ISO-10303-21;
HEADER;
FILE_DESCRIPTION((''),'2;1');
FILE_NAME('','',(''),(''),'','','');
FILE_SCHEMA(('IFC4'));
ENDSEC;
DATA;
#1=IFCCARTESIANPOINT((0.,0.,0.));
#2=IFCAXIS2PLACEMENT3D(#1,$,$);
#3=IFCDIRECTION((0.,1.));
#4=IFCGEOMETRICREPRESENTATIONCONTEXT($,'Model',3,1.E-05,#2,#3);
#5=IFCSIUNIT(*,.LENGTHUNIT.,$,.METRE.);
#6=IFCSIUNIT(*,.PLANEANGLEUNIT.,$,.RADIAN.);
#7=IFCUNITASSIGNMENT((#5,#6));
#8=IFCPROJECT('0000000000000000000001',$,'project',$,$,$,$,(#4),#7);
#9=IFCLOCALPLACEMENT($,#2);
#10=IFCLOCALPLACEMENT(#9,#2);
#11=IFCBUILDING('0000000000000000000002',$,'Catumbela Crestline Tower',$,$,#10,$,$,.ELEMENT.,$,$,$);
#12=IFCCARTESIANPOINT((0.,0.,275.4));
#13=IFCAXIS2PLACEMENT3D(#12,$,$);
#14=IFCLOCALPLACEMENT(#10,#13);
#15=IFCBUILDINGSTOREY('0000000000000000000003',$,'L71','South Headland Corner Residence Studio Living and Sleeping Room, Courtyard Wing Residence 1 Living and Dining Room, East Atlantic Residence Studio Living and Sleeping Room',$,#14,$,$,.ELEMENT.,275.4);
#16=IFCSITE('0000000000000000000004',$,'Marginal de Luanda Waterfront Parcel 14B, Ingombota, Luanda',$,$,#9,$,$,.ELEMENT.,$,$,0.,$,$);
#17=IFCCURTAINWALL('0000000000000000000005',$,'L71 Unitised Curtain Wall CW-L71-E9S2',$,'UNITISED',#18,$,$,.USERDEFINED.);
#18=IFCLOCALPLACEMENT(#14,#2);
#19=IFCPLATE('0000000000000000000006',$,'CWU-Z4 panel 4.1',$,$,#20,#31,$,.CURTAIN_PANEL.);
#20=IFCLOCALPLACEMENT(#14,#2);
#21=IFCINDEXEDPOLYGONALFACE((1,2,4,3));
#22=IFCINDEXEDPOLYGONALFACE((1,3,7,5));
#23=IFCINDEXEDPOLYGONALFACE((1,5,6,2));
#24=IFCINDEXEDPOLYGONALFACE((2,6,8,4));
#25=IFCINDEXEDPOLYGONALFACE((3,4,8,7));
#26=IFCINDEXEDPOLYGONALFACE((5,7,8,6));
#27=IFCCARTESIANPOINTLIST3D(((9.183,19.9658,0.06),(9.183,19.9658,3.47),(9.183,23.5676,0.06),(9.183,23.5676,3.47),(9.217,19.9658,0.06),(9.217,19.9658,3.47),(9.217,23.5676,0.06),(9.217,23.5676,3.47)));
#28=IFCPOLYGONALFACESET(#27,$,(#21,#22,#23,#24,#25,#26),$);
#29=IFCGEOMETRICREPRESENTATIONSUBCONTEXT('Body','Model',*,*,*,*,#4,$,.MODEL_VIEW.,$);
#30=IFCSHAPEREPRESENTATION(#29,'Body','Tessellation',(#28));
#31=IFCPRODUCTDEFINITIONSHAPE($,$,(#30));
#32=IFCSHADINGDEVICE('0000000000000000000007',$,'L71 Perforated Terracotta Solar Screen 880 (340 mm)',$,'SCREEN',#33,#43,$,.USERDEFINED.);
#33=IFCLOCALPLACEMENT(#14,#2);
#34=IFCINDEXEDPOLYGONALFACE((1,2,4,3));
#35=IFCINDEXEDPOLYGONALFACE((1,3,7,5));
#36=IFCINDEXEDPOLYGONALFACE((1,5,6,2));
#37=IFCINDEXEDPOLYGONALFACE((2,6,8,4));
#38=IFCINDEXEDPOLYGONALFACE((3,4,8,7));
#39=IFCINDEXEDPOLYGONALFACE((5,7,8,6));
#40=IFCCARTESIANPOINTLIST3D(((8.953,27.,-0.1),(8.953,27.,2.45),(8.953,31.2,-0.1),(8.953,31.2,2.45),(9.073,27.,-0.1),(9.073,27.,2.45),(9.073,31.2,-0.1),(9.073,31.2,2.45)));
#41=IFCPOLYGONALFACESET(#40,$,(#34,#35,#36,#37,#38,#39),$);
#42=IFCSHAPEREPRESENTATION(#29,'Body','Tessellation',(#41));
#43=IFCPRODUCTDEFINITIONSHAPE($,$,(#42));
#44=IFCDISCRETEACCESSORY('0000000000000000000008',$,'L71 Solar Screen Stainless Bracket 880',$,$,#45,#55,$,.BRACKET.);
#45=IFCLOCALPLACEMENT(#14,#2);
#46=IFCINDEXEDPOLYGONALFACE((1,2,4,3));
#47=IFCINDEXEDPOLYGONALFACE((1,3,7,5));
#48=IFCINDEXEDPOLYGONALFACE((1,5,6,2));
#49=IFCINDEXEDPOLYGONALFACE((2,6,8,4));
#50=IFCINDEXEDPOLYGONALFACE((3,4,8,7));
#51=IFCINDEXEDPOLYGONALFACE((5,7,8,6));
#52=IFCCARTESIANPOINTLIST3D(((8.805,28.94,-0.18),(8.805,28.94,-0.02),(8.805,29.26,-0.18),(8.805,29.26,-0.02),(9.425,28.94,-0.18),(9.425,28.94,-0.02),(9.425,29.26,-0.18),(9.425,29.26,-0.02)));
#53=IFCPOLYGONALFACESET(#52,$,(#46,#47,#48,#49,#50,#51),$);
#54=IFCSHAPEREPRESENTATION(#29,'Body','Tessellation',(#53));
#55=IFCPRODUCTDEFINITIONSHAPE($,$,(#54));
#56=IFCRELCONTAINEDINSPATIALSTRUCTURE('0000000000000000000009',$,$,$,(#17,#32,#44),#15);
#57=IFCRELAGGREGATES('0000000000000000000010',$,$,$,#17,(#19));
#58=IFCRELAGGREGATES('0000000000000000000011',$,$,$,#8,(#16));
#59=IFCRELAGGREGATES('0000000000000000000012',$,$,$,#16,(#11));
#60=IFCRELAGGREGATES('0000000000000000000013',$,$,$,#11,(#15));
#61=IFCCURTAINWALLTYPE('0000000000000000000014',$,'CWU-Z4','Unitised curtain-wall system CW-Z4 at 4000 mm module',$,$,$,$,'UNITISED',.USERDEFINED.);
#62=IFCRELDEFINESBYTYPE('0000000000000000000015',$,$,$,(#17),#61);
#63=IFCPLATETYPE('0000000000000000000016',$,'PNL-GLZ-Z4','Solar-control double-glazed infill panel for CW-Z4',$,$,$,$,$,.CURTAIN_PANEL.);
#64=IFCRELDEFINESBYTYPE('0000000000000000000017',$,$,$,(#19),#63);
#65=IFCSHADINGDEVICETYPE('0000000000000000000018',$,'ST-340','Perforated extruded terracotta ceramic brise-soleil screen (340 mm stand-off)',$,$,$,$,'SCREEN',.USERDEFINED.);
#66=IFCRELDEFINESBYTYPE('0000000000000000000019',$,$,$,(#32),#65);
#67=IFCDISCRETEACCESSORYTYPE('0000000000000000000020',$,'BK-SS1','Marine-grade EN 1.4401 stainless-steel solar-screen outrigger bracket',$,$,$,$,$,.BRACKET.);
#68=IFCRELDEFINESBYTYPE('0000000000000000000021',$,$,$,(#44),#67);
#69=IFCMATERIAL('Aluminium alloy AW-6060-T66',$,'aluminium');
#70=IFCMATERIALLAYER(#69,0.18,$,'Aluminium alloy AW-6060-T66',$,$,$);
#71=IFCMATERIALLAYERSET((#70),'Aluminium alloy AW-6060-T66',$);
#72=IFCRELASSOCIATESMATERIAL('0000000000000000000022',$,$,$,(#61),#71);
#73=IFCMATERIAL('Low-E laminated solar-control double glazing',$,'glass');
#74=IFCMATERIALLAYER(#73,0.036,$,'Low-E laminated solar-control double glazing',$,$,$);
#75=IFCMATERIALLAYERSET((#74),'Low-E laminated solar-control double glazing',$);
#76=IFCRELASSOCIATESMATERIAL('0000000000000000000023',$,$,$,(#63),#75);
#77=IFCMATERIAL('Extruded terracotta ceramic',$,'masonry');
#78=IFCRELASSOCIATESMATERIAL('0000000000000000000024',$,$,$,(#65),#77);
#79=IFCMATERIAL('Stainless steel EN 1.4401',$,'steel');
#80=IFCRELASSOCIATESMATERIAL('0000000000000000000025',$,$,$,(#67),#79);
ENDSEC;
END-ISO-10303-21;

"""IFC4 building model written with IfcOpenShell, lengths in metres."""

from ifc_helpers import new_model, si_unit, direction, frame, origin, origin_2d, place, context, subcontext, project, spatial, rectangle, extrude, material, layer, layer_set, type_object, element, aggregate, save


model = new_model("IFC4")

# Units and contexts
model_context = context("Model", 3, precision=1e-05, world=origin(), true_north=direction((0.0, 1.0)))
body_context = subcontext(model_context, "Body", "Model", "MODEL_VIEW")
ifc_project = project(units=[si_unit("LENGTHUNIT", "METRE"), si_unit("PLANEANGLEUNIT", "RADIAN")], contexts=[model_context])

# Site, building, storey
site_placement = place(None, origin())
site = spatial("IfcSite", under=ifc_project, at=site_placement, Name="Marginal de Luanda Waterfront Parcel 14B, Ingombota, Luanda", CompositionType="ELEMENT", RefElevation=0.0)
building_placement = place(site_placement, origin())
building = spatial("IfcBuilding", under=site, at=building_placement, Name="Catumbela Crestline Tower", CompositionType="ELEMENT")
storey_placement = place(building_placement, frame((0.0, 0.0, 275.4)))
storey = spatial("IfcBuildingStorey", under=building, at=storey_placement, Name="L71", Description="South Headland Corner Residence Studio Living and Sleeping Room, Courtyard Wing Residence 1 Living and Dining Room, East Atlantic Residence Studio Living and Sleeping Room", CompositionType="ELEMENT", Elevation=275.4)

# Curtain wall, plate
ifc_material_1 = material(Name="Aluminium alloy AW-6060-T66", Category="aluminium")
ifc_layer_1 = layer(ifc_material_1, 0.18, Name="Aluminium alloy AW-6060-T66")
ifc_layer_set_1 = layer_set([ifc_layer_1], Name="Aluminium alloy AW-6060-T66")
curtain_wall_type = type_object("IfcCurtainWallType", Name="CWU-Z4", Description="Unitised curtain-wall system CW-Z4 at 4000 mm module", ElementType="UNITISED", PredefinedType="USERDEFINED", material=ifc_layer_set_1)
curtain_wall_placement = place(storey_placement, origin())
curtain_wall = element("IfcCurtainWall", 1, at=curtain_wall_placement, inside=storey, type_object=curtain_wall_type, Name="L71 Unitised Curtain Wall CW-L71-E9S2", ObjectType="UNITISED", PredefinedType="USERDEFINED")
ifc_material_2 = material(Name="Low-E laminated solar-control double glazing", Category="glass")
ifc_layer_2 = layer(ifc_material_2, 0.036, Name="Low-E laminated solar-control double glazing")
ifc_layer_set_2 = layer_set([ifc_layer_2], Name="Low-E laminated solar-control double glazing")
plate_type = type_object("IfcPlateType", Name="PNL-GLZ-Z4", Description="Solar-control double-glazed infill panel for CW-Z4", PredefinedType="CURTAIN_PANEL", material=ifc_layer_set_2)
plate_1_placement = place(storey_placement, frame((9.2, 21.7667, 0.06), z_axis=(0.0, 0.0, 1.0), x_axis=(0.0, -1.0, 0.0)))
plate_1 = element("IfcPlate", 2, at=plate_1_placement, type_object=plate_type, Name="CWU-Z4 panel 4.1", PredefinedType="CURTAIN_PANEL", context=body_context, shape_type="SweptSolid", body=[
    extrude(rectangle(XDim=3.6017, YDim=0.034, at=origin_2d()), origin(), (0.0, 0.0, 1.0), 3.41),
])
aggregate(curtain_wall, [plate_1])

# Shading device
ifc_material_3 = material(Name="Extruded terracotta ceramic", Category="masonry")
shading_device_type = type_object("IfcShadingDeviceType", Name="ST-340", Description="Perforated extruded terracotta ceramic brise-soleil screen (340 mm stand-off)", ElementType="SCREEN", PredefinedType="USERDEFINED", material=ifc_material_3)
shading_device_placement = place(storey_placement, frame((9.013, 29.1, -0.1), z_axis=(0.0, 0.0, 1.0), x_axis=(0.0, -1.0, 0.0)))
element("IfcShadingDevice", 3, at=shading_device_placement, inside=storey, type_object=shading_device_type, Name="L71 Perforated Terracotta Solar Screen 880 (340 mm)", ObjectType="SCREEN", PredefinedType="USERDEFINED", context=body_context, shape_type="SweptSolid", body=[
    extrude(rectangle(XDim=4.2, YDim=0.12, at=origin_2d()), origin(), (0.0, 0.0, 1.0), 2.55),
])

# Discrete accessory
ifc_material_4 = material(Name="Stainless steel EN 1.4401", Category="steel")
discrete_accessory_type = type_object("IfcDiscreteAccessoryType", Name="BK-SS1", Description="Marine-grade EN 1.4401 stainless-steel solar-screen outrigger bracket", PredefinedType="BRACKET", material=ifc_material_4)
discrete_accessory_placement = place(storey_placement, frame((9.115, 29.1, -0.18), z_axis=(0.0, 0.0, 1.0), x_axis=(0.0, -1.0, 0.0)))
element("IfcDiscreteAccessory", 4, at=discrete_accessory_placement, inside=storey, type_object=discrete_accessory_type, Name="L71 Solar Screen Stainless Bracket 880", PredefinedType="BRACKET", context=body_context, shape_type="SweptSolid", body=[
    extrude(rectangle(XDim=0.32, YDim=0.62, at=origin_2d()), origin(), (0.0, 0.0, 1.0), 0.16),
])

save(model, "model.ifc")
